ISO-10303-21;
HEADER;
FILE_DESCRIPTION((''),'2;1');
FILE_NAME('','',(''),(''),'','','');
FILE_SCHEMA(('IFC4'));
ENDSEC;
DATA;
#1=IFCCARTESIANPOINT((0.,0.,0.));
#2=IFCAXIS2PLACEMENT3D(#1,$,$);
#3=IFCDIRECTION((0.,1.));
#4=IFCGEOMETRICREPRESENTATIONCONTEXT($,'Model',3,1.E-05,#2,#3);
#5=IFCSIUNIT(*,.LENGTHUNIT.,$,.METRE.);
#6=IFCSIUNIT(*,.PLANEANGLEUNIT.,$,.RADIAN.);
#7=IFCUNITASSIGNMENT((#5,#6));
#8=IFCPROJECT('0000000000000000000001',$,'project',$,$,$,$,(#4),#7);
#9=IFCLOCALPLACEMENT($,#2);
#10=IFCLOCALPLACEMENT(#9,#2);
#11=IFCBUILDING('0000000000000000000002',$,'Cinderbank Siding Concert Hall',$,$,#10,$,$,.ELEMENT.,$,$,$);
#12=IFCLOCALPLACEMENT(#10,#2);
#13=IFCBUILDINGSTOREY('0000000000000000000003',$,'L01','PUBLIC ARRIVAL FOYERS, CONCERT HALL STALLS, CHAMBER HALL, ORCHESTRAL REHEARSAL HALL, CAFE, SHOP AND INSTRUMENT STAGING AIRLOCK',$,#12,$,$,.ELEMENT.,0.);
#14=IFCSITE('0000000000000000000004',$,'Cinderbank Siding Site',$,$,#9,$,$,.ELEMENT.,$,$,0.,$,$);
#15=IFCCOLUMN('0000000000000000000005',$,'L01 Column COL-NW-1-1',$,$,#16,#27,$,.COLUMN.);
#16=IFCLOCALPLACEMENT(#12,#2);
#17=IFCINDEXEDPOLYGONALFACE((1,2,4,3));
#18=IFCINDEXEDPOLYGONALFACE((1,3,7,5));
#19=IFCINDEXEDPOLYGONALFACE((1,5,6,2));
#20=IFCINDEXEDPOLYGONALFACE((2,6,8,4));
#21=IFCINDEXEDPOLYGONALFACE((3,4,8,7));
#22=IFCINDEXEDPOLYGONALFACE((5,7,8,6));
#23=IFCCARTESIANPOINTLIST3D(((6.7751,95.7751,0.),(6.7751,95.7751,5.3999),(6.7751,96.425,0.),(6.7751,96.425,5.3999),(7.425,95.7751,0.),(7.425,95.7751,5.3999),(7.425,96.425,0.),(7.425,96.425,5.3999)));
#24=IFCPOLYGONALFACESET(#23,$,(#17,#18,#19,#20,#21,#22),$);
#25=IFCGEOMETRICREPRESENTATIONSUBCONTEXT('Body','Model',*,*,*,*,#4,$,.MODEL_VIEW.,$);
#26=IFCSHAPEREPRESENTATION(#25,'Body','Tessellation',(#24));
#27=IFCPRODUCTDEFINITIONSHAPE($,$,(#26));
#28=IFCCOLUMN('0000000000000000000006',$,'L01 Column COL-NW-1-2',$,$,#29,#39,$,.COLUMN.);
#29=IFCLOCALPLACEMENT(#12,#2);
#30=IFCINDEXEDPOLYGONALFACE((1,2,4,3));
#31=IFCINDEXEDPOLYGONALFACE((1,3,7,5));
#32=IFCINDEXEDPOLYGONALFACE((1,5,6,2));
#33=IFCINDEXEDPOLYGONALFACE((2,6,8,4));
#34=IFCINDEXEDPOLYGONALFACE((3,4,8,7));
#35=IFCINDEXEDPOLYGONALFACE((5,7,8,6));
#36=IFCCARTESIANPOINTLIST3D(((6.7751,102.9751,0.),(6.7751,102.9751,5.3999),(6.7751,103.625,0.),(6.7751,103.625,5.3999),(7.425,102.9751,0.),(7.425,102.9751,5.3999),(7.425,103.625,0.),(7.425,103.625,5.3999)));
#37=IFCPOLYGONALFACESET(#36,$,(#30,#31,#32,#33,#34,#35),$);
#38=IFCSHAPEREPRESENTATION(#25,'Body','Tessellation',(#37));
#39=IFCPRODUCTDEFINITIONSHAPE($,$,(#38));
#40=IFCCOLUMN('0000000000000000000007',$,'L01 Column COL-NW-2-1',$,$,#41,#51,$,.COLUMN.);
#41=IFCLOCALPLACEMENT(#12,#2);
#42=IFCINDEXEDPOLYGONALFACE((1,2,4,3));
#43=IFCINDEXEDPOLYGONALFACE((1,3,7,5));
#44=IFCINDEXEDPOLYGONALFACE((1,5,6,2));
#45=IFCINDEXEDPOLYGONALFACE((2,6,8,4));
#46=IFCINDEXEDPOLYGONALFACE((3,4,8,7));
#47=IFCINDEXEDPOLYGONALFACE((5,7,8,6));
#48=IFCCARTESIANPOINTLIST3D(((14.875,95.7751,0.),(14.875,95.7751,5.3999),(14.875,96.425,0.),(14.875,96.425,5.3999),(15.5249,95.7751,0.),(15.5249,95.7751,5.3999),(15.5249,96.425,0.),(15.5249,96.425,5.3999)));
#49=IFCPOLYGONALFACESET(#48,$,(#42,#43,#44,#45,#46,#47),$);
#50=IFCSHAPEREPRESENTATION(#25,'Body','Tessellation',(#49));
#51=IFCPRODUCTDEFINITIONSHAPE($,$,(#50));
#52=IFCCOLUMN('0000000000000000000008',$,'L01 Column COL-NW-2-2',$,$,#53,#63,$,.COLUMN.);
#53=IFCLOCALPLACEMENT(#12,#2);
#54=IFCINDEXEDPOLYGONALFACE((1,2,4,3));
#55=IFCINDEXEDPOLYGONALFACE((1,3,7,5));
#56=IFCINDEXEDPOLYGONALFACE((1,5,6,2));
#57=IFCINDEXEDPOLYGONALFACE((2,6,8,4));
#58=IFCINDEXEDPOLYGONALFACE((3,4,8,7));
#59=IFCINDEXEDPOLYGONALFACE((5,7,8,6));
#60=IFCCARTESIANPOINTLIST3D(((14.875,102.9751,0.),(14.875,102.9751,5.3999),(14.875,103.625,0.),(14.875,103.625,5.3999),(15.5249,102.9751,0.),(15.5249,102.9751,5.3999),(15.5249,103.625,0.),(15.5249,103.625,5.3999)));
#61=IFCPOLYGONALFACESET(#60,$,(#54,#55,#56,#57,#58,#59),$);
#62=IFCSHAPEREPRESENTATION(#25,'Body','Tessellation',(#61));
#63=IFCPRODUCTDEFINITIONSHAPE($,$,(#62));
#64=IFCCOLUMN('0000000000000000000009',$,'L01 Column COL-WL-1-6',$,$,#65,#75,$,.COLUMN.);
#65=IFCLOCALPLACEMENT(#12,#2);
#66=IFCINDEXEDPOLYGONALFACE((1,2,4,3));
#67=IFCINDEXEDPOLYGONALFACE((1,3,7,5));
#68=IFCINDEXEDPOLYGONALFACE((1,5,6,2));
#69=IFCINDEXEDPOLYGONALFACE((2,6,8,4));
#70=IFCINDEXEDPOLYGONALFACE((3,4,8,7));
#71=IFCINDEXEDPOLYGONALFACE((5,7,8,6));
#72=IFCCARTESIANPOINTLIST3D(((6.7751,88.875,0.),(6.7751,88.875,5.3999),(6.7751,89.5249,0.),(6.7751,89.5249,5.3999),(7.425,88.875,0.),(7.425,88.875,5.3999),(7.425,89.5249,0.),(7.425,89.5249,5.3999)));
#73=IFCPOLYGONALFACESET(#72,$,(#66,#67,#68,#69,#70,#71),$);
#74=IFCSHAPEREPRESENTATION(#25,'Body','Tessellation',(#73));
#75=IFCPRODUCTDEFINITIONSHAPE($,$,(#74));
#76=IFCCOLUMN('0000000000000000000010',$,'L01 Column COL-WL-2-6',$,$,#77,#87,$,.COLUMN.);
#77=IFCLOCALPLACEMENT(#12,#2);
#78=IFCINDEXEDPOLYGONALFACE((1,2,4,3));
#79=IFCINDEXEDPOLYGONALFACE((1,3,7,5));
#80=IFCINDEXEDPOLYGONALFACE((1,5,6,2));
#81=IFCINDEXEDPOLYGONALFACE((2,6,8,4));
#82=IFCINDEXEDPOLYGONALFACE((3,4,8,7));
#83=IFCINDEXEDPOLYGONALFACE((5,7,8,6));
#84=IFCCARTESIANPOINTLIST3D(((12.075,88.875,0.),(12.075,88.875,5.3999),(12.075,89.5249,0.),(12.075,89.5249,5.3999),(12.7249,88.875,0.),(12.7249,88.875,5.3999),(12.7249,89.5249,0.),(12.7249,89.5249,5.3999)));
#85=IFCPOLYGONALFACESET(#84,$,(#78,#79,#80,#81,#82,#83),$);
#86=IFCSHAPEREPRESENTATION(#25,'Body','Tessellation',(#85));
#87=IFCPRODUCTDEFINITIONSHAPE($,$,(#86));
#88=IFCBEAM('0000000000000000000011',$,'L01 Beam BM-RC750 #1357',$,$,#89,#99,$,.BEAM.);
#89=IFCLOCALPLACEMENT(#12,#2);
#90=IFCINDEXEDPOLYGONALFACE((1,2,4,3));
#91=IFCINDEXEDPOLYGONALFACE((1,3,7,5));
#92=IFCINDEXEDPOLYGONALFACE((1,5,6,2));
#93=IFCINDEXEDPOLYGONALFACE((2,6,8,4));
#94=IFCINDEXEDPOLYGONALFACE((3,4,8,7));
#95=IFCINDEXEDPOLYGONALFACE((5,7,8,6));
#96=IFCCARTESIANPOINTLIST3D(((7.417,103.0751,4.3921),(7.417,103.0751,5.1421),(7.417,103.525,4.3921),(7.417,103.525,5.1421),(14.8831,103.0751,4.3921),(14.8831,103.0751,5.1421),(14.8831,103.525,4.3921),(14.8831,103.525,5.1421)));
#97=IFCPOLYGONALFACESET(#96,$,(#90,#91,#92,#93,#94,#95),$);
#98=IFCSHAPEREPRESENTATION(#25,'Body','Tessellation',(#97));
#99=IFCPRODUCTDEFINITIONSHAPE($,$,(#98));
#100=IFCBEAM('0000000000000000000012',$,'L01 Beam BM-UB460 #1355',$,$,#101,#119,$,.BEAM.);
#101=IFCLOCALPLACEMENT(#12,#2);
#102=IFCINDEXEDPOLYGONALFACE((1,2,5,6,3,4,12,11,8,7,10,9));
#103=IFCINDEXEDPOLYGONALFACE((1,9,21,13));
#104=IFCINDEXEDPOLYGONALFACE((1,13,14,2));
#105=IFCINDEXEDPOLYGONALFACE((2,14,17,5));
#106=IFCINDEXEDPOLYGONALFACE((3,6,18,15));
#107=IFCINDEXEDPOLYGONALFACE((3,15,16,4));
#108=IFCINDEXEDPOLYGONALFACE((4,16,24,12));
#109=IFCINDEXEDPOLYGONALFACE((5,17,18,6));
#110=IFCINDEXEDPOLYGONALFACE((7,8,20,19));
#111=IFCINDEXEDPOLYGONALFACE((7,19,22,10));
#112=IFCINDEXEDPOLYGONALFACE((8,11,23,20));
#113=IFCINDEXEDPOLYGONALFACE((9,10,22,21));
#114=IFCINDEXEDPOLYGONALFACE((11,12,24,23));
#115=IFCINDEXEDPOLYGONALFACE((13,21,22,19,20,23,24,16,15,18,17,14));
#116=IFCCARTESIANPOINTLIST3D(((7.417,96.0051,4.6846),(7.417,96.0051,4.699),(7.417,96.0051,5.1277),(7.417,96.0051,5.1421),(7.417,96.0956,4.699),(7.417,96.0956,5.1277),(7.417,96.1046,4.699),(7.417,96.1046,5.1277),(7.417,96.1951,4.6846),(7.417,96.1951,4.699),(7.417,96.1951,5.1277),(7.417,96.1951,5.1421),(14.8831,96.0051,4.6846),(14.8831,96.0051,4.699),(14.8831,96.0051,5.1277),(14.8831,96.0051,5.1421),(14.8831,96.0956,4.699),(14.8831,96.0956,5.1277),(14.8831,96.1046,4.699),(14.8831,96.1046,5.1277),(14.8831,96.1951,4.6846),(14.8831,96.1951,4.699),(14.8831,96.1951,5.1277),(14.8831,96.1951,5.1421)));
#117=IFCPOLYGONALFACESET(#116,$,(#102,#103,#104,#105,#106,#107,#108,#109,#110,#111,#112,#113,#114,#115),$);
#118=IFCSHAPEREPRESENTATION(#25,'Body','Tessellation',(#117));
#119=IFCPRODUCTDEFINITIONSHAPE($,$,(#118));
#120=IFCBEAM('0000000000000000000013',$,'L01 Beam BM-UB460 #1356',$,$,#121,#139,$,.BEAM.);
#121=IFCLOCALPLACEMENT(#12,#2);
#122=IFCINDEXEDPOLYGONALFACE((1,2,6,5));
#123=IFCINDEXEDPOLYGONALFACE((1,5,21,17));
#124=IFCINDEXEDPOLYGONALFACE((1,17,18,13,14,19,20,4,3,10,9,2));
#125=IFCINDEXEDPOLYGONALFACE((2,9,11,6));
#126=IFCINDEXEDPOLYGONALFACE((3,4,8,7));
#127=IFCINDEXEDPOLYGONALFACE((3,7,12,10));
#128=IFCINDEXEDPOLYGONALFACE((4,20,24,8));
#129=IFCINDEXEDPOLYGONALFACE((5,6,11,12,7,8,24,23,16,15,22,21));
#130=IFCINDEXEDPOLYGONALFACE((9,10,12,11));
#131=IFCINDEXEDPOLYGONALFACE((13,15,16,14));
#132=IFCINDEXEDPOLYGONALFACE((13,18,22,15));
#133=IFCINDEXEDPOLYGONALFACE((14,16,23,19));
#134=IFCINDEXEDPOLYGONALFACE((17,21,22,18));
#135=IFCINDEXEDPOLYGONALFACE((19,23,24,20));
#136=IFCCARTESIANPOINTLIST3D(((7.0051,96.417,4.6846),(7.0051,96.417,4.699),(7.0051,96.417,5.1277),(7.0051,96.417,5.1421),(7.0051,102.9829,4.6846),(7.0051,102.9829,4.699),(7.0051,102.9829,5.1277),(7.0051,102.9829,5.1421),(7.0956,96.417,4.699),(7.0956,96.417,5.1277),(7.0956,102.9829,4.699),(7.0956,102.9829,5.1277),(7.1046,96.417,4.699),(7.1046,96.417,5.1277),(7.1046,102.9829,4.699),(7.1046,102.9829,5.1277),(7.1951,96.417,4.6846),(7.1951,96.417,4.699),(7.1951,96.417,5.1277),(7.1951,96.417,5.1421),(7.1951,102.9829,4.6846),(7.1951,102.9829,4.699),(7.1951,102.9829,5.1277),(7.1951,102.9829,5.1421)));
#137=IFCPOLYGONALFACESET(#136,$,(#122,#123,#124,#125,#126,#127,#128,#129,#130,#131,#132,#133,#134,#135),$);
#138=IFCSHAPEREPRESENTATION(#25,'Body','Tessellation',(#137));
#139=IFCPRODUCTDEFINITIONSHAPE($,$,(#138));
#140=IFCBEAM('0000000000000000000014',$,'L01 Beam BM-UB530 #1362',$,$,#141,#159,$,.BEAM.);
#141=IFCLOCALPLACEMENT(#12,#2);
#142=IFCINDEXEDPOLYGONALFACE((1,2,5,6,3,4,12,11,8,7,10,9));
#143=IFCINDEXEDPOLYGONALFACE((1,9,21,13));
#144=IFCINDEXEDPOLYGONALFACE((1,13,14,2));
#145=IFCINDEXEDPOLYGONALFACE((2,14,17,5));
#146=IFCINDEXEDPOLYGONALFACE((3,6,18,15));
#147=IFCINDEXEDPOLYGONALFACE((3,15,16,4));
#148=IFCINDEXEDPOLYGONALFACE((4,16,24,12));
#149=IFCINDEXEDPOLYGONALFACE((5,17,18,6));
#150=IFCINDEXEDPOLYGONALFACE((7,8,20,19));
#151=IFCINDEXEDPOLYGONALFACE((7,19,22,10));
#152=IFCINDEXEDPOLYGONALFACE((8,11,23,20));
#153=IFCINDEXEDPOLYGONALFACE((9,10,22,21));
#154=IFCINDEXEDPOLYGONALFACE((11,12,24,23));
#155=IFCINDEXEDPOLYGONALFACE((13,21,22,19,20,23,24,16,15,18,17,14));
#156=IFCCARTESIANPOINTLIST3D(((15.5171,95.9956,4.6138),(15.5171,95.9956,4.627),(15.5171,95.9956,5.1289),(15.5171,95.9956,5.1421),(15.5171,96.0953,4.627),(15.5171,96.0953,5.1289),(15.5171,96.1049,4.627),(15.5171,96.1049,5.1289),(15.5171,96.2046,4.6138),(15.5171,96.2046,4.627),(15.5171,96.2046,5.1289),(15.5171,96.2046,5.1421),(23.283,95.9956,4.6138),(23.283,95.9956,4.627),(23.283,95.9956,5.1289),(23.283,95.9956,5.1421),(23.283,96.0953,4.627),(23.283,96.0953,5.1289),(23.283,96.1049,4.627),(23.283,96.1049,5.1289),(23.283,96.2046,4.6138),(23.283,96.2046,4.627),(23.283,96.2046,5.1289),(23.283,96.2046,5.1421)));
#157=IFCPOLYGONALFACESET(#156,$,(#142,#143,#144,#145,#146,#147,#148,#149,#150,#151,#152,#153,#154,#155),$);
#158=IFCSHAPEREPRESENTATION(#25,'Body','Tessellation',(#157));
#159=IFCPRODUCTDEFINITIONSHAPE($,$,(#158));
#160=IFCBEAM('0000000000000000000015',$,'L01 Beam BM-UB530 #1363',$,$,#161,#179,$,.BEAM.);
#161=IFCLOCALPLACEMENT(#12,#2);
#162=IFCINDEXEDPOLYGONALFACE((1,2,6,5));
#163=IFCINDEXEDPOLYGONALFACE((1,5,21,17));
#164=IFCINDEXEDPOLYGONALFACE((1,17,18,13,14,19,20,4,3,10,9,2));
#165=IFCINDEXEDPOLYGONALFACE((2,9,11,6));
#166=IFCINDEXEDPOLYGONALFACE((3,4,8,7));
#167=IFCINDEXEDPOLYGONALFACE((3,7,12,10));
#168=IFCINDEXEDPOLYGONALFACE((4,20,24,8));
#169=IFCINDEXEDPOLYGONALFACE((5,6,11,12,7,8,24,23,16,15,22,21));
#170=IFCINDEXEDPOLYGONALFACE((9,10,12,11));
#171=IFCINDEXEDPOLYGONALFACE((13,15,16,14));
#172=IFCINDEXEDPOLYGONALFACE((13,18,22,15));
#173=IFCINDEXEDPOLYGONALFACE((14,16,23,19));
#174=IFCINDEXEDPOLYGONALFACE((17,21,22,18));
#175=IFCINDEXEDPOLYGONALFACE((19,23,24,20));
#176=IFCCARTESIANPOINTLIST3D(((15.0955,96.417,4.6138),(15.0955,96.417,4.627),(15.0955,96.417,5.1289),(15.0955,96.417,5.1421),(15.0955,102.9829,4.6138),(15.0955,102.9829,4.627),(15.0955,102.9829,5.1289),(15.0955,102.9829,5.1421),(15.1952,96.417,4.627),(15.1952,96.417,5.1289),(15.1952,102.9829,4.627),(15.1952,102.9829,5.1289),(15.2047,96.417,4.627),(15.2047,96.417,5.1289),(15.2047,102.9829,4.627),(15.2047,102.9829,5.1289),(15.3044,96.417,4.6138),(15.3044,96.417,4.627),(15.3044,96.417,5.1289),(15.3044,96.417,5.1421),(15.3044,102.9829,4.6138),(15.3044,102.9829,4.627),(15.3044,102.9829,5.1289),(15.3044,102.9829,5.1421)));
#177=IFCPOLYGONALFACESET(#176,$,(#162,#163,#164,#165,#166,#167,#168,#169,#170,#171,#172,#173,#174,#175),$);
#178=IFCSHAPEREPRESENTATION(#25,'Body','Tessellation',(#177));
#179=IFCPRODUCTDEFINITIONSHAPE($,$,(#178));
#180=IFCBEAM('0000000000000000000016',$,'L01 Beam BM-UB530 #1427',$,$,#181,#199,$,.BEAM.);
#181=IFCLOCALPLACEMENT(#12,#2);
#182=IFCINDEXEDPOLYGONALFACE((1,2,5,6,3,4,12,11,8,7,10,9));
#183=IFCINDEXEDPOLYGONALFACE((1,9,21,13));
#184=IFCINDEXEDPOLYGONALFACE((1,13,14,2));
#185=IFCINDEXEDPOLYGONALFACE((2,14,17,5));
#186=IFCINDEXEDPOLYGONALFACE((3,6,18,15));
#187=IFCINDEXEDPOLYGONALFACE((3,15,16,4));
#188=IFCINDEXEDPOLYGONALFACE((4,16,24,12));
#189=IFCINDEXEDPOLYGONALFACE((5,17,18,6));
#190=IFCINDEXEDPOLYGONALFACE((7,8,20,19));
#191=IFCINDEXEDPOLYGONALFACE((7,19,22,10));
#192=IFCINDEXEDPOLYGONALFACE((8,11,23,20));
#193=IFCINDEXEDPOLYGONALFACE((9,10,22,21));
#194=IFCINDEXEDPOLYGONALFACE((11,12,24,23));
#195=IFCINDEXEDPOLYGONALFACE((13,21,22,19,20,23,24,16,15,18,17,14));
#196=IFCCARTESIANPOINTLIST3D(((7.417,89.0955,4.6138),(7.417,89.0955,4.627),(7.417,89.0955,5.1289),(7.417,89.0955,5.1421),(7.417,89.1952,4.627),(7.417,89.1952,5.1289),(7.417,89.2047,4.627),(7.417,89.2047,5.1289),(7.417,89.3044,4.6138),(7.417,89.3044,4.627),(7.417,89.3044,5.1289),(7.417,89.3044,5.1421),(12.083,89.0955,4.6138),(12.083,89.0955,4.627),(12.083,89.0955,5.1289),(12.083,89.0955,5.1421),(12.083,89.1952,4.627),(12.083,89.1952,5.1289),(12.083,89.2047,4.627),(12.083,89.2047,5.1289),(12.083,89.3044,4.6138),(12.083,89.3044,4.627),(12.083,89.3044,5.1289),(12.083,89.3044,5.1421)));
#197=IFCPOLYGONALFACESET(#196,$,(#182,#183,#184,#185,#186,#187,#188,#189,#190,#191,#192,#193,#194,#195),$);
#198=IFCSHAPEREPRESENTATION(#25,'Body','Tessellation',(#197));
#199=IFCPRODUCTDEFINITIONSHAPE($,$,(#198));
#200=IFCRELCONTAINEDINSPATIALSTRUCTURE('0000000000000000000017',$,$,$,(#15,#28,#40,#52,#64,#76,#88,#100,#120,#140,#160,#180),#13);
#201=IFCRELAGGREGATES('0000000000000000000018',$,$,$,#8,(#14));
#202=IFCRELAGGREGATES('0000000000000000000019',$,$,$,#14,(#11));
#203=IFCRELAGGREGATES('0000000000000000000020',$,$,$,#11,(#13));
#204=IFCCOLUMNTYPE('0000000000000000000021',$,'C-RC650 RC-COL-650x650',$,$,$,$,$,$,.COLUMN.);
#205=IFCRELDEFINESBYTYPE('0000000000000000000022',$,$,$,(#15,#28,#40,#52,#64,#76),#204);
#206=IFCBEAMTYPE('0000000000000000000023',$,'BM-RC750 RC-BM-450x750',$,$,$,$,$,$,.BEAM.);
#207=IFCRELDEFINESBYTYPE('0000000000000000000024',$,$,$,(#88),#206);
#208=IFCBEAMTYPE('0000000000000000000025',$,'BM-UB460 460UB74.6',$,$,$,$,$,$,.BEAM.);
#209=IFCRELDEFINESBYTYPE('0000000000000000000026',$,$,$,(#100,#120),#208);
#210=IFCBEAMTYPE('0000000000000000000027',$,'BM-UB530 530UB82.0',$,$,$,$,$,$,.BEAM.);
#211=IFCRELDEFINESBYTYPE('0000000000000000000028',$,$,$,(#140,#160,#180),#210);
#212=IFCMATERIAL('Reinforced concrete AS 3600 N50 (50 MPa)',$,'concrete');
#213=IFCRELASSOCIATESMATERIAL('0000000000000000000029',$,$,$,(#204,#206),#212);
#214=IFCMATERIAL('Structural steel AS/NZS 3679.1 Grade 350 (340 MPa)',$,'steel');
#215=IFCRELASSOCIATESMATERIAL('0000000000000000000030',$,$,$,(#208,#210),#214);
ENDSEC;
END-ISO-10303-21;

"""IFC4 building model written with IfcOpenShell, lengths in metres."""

from ifc_helpers import new_model, si_unit, direction, frame, origin, origin_2d, place, context, subcontext, project, spatial, rectangle, i_section, extrude, material, material_profile, profile_set, type_object, element, save


model = new_model("IFC4")

# Units and contexts
model_context = context("Model", 3, precision=1e-05, world=origin(), true_north=direction((0.0, 1.0)))
body_context = subcontext(model_context, "Body", "Model", "MODEL_VIEW")
ifc_project = project(units=[si_unit("LENGTHUNIT", "METRE"), si_unit("PLANEANGLEUNIT", "RADIAN")], contexts=[model_context])

# Site, building, storey
site_placement = place(None, origin())
site = spatial("IfcSite", under=ifc_project, at=site_placement, Name="Cinderbank Siding Site", CompositionType="ELEMENT", RefElevation=0.0)
building_placement = place(site_placement, origin())
building = spatial("IfcBuilding", under=site, at=building_placement, Name="Cinderbank Siding Concert Hall", CompositionType="ELEMENT")
storey_placement = place(building_placement, origin())
storey = spatial("IfcBuildingStorey", under=building, at=storey_placement, Name="L01", Description="PUBLIC ARRIVAL FOYERS, CONCERT HALL STALLS, CHAMBER HALL, ORCHESTRAL REHEARSAL HALL, CAFE, SHOP AND INSTRUMENT STAGING AIRLOCK", CompositionType="ELEMENT", Elevation=0.0)

# Columns
ifc_material_1 = material(Name="Reinforced concrete AS 3600 N50 (50 MPa)", Category="concrete")
ifc_material_profile_1 = material_profile(ifc_material_1, rectangle(XDim=0.6499, YDim=0.6499, at=origin_2d()), Name="RC-COL-650x650", Category="LoadBearing")
ifc_profile_set_1 = profile_set([ifc_material_profile_1], Name="Reinforced concrete AS 3600 N50 (50 MPa)")
column_type = type_object("IfcColumnType", Name="C-RC650 RC-COL-650x650", PredefinedType="COLUMN", material=ifc_profile_set_1)
for number, where, z_axis, x_axis, name in (
    (1, (7.1001, 96.1001, 0.0), (0.0, 0.0, 1.0), (1.0, 0.0, 0.0), "L01 Column COL-NW-1-1"),
    (2, (7.1001, 103.3, 0.0), (0.0, 0.0, 1.0), (1.0, 0.0, 0.0), "L01 Column COL-NW-1-2"),
    (3, (15.2, 96.1001, 0.0), (0.0, 0.0, 1.0), (1.0, 0.0, 0.0), "L01 Column COL-NW-2-1"),
    (4, (15.2, 103.3, 0.0), (0.0, 0.0, 1.0), (1.0, 0.0, 0.0), "L01 Column COL-NW-2-2"),
    (5, (7.1001, 89.2, 0.0), (0.0, 0.0, 1.0), (1.0, 0.0, 0.0), "L01 Column COL-WL-1-6"),
    (6, (12.3999, 89.2, 0.0), (0.0, 0.0, 1.0), (1.0, 0.0, 0.0), "L01 Column COL-WL-2-6"),
):
    element("IfcColumn", number, at=place(storey_placement, frame(where, z_axis=z_axis, x_axis=x_axis)), inside=storey, type_object=column_type, Name=name, PredefinedType="COLUMN", context=body_context, shape_type="SweptSolid", body=[
        extrude(rectangle(XDim=0.6499, YDim=0.6499, at=origin_2d()), origin(), (0.0, 0.0, 1.0), 5.3999),
    ])

# Beams
ifc_material_profile_2 = material_profile(ifc_material_1, rectangle(XDim=0.45, YDim=0.75, at=origin_2d()), Name="RC-BM-450x750", Category="LoadBearing")
ifc_profile_set_2 = profile_set([ifc_material_profile_2], Name="Reinforced concrete AS 3600 N50 (50 MPa)")
beam_type_1 = type_object("IfcBeamType", Name="BM-RC750 RC-BM-450x750", PredefinedType="BEAM", material=ifc_profile_set_2)
beam_1_placement = place(storey_placement, frame((7.417, 103.3, 4.7671), z_axis=(1.0, 0.0, 0.0), x_axis=(0.0, 1.0, 0.0)))
element("IfcBeam", 7, at=beam_1_placement, inside=storey, type_object=beam_type_1, Name="L01 Beam BM-RC750 #1357", PredefinedType="BEAM", context=body_context, shape_type="SweptSolid", body=[
    extrude(rectangle(XDim=0.45, YDim=0.75, at=origin_2d()), origin(), (0.0, 0.0, 1.0), 7.4661),
])
ifc_material_2 = material(Name="Structural steel AS/NZS 3679.1 Grade 350 (340 MPa)", Category="steel")
ifc_material_profile_3 = material_profile(ifc_material_2, i_section(OverallWidth=0.1899, OverallDepth=0.4575, WebThickness=0.009, FlangeThickness=0.0144, at=origin_2d()), Name="460UB74.6", Category="LoadBearing")
ifc_profile_set_3 = profile_set([ifc_material_profile_3], Name="Structural steel AS/NZS 3679.1 Grade 350 (340 MPa)")
beam_type_2 = type_object("IfcBeamType", Name="BM-UB460 460UB74.6", PredefinedType="BEAM", material=ifc_profile_set_3)
beam_2_placement = place(storey_placement, frame((7.417, 96.1001, 4.9133), z_axis=(1.0, 0.0, 0.0), x_axis=(0.0, 1.0, 0.0)))
element("IfcBeam", 8, at=beam_2_placement, inside=storey, type_object=beam_type_2, Name="L01 Beam BM-UB460 #1355", PredefinedType="BEAM", context=body_context, shape_type="SweptSolid", body=[
    extrude(i_section(OverallWidth=0.1899, OverallDepth=0.4575, WebThickness=0.009, FlangeThickness=0.0144, at=origin_2d()), origin(), (0.0, 0.0, 1.0), 7.4661),
])
beam_3_placement = place(storey_placement, frame((7.1001, 96.417, 4.9133), z_axis=(0.0, 1.0, 0.0), x_axis=(-1.0, 0.0, 0.0)))
element("IfcBeam", 9, at=beam_3_placement, inside=storey, type_object=beam_type_2, Name="L01 Beam BM-UB460 #1356", PredefinedType="BEAM", context=body_context, shape_type="SweptSolid", body=[
    extrude(i_section(OverallWidth=0.1899, OverallDepth=0.4575, WebThickness=0.009, FlangeThickness=0.0144, at=origin_2d()), origin(), (0.0, 0.0, 1.0), 6.5659),
])
ifc_material_profile_4 = material_profile(ifc_material_2, i_section(OverallWidth=0.209, OverallDepth=0.5283, WebThickness=0.0095, FlangeThickness=0.0132, at=origin_2d()), Name="530UB82.0", Category="LoadBearing")
ifc_profile_set_4 = profile_set([ifc_material_profile_4], Name="Structural steel AS/NZS 3679.1 Grade 350 (340 MPa)")
beam_type_3 = type_object("IfcBeamType", Name="BM-UB530 530UB82.0", PredefinedType="BEAM", material=ifc_profile_set_4)
beam_4_placement = place(storey_placement, frame((15.5171, 96.1001, 4.8779), z_axis=(1.0, 0.0, 0.0), x_axis=(0.0, 1.0, 0.0)))
element("IfcBeam", 10, at=beam_4_placement, inside=storey, type_object=beam_type_3, Name="L01 Beam BM-UB530 #1362", PredefinedType="BEAM", context=body_context, shape_type="SweptSolid", body=[
    extrude(i_section(OverallWidth=0.209, OverallDepth=0.5283, WebThickness=0.0095, FlangeThickness=0.0132, at=origin_2d()), origin(), (0.0, 0.0, 1.0), 7.7659),
])
beam_5_placement = place(storey_placement, frame((15.2, 96.417, 4.8779), z_axis=(0.0, 1.0, 0.0), x_axis=(-1.0, 0.0, 0.0)))
element("IfcBeam", 11, at=beam_5_placement, inside=storey, type_object=beam_type_3, Name="L01 Beam BM-UB530 #1363", PredefinedType="BEAM", context=body_context, shape_type="SweptSolid", body=[
    extrude(i_section(OverallWidth=0.209, OverallDepth=0.5283, WebThickness=0.0095, FlangeThickness=0.0132, at=origin_2d()), origin(), (0.0, 0.0, 1.0), 6.5659),
])
beam_6_placement = place(storey_placement, frame((7.417, 89.2, 4.8779), z_axis=(1.0, 0.0, 0.0), x_axis=(0.0, 1.0, 0.0)))
element("IfcBeam", 12, at=beam_6_placement, inside=storey, type_object=beam_type_3, Name="L01 Beam BM-UB530 #1427", PredefinedType="BEAM", context=body_context, shape_type="SweptSolid", body=[
    extrude(i_section(OverallWidth=0.209, OverallDepth=0.5283, WebThickness=0.0095, FlangeThickness=0.0132, at=origin_2d()), origin(), (0.0, 0.0, 1.0), 4.666),
])

save(model, "model.ifc")
